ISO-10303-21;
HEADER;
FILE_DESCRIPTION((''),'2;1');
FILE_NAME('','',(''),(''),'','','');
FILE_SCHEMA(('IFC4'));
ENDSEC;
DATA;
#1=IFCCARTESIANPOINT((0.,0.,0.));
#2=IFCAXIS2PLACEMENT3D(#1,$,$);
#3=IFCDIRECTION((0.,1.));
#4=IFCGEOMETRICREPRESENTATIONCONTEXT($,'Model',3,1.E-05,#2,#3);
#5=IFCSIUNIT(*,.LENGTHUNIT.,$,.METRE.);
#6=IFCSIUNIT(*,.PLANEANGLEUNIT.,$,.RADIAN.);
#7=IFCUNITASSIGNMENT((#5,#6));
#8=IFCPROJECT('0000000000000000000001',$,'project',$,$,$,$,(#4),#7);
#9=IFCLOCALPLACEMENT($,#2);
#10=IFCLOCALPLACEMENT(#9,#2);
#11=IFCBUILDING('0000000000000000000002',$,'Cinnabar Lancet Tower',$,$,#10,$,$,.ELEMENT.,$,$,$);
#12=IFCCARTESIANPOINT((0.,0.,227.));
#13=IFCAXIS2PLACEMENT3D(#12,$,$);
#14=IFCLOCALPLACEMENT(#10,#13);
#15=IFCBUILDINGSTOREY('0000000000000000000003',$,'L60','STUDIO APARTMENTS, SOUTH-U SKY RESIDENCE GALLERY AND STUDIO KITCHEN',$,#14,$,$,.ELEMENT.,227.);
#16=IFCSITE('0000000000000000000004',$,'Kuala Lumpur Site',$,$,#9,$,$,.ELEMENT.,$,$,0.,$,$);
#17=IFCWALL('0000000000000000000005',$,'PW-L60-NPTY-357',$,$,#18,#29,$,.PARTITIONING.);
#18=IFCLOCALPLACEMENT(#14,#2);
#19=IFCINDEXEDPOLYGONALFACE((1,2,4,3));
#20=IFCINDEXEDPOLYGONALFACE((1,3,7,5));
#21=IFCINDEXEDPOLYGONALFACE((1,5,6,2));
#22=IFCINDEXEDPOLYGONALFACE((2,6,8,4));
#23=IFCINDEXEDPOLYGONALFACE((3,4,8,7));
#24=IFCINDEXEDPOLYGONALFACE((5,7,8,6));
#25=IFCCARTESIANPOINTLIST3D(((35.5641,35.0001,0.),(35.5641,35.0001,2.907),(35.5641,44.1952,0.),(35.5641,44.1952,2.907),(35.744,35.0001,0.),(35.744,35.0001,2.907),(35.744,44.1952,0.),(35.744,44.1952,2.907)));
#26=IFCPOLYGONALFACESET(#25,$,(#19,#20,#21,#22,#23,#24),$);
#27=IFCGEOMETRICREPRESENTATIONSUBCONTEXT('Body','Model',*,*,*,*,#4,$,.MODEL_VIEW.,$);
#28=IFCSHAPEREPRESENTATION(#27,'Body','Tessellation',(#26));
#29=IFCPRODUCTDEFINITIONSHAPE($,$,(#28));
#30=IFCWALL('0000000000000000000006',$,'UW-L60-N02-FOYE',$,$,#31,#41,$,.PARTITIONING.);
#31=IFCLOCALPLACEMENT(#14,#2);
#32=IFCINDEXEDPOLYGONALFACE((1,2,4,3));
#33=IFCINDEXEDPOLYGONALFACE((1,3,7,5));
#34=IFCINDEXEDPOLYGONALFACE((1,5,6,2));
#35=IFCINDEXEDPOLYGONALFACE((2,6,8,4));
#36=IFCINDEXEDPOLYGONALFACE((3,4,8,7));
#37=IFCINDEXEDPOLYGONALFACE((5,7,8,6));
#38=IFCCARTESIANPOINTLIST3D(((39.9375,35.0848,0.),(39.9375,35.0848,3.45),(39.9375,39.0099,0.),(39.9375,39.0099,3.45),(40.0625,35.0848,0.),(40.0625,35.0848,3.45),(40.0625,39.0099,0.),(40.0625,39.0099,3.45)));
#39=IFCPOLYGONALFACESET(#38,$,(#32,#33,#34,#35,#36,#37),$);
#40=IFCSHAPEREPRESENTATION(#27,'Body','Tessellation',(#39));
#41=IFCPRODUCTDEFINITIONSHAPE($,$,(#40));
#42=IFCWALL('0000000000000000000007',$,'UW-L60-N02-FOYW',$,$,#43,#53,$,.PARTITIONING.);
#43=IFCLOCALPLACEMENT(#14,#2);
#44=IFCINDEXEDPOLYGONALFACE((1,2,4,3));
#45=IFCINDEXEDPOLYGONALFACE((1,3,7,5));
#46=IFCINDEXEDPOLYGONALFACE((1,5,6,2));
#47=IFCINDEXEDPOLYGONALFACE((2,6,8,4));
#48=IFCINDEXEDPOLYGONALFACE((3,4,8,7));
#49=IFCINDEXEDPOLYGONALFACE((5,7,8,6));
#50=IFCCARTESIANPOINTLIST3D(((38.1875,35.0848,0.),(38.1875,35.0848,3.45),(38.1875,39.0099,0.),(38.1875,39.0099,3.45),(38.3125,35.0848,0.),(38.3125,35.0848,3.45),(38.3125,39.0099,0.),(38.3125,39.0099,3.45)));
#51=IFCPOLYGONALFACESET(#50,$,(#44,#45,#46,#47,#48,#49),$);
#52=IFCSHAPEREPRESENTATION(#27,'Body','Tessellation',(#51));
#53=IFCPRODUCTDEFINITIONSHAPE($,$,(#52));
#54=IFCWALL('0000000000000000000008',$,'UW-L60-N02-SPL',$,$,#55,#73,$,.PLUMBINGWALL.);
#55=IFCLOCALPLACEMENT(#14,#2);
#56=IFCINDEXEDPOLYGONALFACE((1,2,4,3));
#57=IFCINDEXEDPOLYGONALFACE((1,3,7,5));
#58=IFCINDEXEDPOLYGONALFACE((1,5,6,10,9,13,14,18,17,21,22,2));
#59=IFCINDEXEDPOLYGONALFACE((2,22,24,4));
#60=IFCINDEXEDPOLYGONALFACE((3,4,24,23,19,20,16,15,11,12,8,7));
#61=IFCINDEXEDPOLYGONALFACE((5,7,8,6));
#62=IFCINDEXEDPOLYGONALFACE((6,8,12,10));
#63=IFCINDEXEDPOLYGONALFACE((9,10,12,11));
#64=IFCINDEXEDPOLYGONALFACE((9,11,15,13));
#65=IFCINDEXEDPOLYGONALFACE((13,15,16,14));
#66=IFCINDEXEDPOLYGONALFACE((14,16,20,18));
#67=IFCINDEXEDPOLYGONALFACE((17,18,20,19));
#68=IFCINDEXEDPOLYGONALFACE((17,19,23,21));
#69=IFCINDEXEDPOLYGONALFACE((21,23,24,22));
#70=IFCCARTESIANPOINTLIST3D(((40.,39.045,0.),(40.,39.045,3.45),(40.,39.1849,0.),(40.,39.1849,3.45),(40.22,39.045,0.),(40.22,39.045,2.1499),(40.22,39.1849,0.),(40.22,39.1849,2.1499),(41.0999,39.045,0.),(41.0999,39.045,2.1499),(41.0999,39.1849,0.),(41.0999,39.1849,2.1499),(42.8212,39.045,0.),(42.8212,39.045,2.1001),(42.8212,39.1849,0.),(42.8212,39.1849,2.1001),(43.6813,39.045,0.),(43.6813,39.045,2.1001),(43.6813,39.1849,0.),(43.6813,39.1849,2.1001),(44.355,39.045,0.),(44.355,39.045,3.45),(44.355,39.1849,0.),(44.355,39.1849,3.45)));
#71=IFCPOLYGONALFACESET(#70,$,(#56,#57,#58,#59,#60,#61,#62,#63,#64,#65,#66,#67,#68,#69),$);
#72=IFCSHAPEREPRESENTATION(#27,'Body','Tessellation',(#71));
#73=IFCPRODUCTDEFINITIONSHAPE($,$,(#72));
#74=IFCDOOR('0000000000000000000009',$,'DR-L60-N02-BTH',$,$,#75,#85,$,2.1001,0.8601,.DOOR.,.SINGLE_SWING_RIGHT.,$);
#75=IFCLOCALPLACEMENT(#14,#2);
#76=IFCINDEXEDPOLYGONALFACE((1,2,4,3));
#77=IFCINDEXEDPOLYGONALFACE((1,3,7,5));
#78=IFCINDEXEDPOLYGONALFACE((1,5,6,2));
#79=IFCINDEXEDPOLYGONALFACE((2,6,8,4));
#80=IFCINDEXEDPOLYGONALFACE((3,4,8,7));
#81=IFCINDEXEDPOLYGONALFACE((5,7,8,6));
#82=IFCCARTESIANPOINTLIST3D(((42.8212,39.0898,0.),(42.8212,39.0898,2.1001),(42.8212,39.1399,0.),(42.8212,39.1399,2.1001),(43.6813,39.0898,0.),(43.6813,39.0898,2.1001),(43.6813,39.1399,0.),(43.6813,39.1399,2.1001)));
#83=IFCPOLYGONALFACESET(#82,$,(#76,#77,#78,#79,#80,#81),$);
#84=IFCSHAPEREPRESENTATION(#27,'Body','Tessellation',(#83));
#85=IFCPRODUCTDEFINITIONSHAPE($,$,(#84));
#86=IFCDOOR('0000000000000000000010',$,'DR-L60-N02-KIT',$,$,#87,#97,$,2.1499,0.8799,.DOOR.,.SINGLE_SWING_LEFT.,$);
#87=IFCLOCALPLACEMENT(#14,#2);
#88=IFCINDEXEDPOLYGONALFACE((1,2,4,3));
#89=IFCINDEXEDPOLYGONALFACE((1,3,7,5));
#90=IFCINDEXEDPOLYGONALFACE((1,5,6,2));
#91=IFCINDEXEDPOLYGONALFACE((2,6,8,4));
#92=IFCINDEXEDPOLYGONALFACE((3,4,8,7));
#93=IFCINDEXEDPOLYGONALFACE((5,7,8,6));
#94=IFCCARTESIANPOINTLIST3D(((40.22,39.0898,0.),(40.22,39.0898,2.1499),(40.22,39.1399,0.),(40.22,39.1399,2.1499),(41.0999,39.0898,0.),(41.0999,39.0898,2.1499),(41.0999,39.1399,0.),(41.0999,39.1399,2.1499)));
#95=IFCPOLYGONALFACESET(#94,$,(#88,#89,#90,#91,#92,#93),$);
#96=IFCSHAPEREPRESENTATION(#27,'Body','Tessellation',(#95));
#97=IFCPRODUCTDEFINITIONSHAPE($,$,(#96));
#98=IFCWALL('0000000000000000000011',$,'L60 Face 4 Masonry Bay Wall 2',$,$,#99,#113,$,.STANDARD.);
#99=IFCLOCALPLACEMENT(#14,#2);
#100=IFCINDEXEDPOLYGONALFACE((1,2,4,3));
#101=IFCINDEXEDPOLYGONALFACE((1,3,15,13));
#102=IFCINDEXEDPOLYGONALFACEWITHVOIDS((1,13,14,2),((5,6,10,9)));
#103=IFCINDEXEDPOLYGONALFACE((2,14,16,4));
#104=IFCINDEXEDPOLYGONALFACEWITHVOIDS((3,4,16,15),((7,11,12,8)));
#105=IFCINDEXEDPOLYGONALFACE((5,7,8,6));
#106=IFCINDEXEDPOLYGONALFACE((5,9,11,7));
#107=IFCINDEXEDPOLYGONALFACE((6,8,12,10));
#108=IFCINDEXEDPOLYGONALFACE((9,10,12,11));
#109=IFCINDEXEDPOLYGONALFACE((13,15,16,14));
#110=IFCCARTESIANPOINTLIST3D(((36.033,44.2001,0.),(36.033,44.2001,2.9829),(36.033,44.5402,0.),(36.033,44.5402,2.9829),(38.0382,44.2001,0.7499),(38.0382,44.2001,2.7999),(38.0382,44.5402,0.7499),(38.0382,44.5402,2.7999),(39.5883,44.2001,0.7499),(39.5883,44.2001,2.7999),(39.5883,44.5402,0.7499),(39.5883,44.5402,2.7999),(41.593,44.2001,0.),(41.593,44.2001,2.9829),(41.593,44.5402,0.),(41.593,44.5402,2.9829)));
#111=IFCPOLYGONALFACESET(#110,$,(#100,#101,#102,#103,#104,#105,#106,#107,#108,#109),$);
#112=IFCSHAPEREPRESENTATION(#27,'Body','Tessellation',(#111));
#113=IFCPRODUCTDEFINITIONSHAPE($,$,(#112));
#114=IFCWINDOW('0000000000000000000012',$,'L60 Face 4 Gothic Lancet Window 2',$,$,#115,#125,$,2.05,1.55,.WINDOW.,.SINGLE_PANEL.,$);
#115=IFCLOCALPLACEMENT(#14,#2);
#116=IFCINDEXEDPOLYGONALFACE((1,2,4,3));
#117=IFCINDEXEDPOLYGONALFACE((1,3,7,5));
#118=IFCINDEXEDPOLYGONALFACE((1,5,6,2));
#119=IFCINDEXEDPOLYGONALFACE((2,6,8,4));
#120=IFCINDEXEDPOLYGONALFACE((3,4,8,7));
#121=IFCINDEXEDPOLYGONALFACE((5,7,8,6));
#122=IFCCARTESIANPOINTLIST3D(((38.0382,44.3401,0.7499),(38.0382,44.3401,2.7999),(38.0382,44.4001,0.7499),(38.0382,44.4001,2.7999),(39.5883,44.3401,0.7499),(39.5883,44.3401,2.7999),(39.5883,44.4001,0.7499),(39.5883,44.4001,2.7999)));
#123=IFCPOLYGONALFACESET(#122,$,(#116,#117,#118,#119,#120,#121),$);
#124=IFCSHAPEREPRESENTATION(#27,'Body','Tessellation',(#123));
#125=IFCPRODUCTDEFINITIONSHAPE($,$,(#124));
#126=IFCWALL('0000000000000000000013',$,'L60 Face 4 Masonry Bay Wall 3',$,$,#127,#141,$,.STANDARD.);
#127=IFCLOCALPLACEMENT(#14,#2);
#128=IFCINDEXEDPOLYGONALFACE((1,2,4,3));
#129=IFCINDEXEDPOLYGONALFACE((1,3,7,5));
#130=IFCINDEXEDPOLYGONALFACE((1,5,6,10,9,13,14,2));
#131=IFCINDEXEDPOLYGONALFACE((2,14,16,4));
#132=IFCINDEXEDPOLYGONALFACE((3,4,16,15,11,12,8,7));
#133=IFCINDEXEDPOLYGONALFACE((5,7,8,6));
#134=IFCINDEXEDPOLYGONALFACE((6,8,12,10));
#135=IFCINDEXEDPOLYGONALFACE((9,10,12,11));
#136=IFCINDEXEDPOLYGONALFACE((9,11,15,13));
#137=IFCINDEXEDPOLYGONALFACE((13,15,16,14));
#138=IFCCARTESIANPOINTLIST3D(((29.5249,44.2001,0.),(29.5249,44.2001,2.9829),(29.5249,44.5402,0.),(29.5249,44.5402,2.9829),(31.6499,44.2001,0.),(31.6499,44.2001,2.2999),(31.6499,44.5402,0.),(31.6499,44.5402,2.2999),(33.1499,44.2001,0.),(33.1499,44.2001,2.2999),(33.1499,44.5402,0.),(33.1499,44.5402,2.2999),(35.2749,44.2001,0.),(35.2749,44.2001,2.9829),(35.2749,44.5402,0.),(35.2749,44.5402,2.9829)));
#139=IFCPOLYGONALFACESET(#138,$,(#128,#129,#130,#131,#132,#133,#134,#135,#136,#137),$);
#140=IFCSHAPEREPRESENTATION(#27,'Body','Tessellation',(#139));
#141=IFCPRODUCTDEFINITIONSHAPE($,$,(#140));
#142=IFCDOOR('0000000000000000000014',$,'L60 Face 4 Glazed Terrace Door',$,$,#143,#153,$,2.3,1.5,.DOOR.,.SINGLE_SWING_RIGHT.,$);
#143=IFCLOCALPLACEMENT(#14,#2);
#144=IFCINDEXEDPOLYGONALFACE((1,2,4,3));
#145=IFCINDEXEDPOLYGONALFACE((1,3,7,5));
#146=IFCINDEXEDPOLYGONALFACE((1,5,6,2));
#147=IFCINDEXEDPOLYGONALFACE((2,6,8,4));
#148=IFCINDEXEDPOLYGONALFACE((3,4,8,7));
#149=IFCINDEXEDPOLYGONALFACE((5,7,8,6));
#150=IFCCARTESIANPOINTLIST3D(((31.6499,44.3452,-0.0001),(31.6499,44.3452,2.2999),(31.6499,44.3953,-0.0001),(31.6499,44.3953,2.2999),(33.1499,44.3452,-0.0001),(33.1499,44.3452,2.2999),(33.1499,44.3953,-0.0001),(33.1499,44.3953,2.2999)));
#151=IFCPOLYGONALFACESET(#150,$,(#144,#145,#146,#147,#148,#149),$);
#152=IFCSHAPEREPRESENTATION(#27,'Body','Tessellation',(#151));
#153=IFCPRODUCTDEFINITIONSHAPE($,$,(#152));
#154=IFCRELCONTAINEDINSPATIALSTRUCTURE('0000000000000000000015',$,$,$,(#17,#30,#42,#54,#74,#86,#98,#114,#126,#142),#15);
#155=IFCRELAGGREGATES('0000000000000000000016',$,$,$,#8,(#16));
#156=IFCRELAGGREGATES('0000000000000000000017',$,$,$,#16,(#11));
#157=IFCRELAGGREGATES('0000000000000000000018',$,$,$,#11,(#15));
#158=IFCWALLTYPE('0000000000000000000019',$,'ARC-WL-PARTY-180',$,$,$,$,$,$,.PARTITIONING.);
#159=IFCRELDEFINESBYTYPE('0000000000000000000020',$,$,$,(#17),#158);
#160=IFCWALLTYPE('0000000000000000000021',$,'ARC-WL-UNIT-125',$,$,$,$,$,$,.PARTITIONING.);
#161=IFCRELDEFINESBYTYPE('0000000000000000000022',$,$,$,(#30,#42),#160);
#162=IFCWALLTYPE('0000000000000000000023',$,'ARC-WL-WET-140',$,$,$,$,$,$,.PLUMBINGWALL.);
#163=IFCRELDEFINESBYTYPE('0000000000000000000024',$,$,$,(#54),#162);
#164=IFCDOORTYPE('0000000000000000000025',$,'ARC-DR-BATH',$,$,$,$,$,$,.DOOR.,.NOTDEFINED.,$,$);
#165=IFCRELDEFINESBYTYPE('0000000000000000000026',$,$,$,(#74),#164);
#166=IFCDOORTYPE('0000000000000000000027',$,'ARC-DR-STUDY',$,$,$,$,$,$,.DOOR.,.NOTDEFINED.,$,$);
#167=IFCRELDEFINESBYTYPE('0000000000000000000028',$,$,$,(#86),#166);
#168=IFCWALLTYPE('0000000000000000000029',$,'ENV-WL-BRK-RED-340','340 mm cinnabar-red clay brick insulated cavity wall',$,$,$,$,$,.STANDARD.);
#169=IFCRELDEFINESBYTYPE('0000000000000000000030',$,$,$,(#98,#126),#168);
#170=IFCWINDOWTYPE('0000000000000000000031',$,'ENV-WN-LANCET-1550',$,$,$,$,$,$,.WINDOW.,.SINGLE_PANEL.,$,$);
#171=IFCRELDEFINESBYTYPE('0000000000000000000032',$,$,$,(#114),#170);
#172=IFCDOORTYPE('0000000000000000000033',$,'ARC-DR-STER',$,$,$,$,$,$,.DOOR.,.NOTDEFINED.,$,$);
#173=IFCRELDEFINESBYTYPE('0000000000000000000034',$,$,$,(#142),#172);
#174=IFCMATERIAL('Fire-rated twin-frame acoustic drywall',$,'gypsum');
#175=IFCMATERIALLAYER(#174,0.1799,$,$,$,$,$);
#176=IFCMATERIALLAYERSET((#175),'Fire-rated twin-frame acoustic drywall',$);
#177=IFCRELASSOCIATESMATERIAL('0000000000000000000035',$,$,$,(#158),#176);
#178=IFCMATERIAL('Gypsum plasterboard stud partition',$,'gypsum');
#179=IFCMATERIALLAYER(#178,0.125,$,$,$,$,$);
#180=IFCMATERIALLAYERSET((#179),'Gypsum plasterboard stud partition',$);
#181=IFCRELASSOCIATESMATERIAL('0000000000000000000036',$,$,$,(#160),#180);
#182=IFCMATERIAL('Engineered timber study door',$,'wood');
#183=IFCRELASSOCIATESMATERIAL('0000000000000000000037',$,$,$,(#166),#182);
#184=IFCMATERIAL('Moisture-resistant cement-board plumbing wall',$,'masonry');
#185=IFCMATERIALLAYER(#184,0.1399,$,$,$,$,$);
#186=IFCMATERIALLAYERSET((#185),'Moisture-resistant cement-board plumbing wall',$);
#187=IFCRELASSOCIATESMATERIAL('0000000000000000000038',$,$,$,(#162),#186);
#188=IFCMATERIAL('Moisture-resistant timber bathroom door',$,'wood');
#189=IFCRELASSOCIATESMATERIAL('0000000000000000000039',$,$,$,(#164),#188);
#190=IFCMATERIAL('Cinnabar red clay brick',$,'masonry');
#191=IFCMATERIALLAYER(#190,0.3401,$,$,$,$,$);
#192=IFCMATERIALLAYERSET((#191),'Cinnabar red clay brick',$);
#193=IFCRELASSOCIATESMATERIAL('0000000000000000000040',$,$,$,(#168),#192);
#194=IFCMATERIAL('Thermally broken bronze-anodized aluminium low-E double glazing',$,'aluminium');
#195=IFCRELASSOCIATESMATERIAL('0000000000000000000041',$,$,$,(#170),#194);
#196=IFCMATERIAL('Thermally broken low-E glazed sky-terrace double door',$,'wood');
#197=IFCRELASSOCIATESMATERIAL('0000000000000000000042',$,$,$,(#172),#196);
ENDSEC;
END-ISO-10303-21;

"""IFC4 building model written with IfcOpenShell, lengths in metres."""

from ifc_helpers import new_model, si_unit, direction, frame, frame_2d, origin, place, context, subcontext, project, spatial, rectangle, extrude, material, layer, layer_set, type_object, element, fill, save


model = new_model("IFC4")

# Units and contexts
model_context = context("Model", 3, precision=1e-05, world=origin(), true_north=direction((0.0, 1.0)))
body_context = subcontext(model_context, "Body", "Model", "MODEL_VIEW")
ifc_project = project(units=[si_unit("LENGTHUNIT", "METRE"), si_unit("PLANEANGLEUNIT", "RADIAN")], contexts=[model_context])

# Site, building, storey
site_placement = place(None, origin())
site = spatial("IfcSite", under=ifc_project, at=site_placement, Name="Kuala Lumpur Site", CompositionType="ELEMENT", RefElevation=0.0)
building_placement = place(site_placement, origin())
building = spatial("IfcBuilding", under=site, at=building_placement, Name="Cinnabar Lancet Tower", CompositionType="ELEMENT")
storey_placement = place(building_placement, frame((0.0, 0.0, 227.0)))
storey = spatial("IfcBuildingStorey", under=building, at=storey_placement, Name="L60", Description="STUDIO APARTMENTS, SOUTH-U SKY RESIDENCE GALLERY AND STUDIO KITCHEN", CompositionType="ELEMENT", Elevation=227.0)

# Walls
ifc_material_1 = material(Name="Fire-rated twin-frame acoustic drywall", Category="gypsum")
ifc_layer_1 = layer(ifc_material_1, 0.1799)
ifc_layer_set_1 = layer_set([ifc_layer_1], Name="Fire-rated twin-frame acoustic drywall")
wall_type_1 = type_object("IfcWallType", Name="ARC-WL-PARTY-180", PredefinedType="PARTITIONING", material=ifc_layer_set_1)
wall_1_placement = place(storey_placement, frame((35.6541, 35.0, 0.0), z_axis=(0.0, 0.0, 1.0), x_axis=(0.0, 1.0, 0.0)))
element("IfcWall", 1, at=wall_1_placement, inside=storey, type_object=wall_type_1, Name="PW-L60-NPTY-357", PredefinedType="PARTITIONING", context=body_context, shape_type="SweptSolid", body=[
    extrude(rectangle(XDim=9.1951, YDim=0.1799, at=frame_2d((4.5977, 0.0))), origin(), (0.0, 0.0, 1.0), 2.907),
])
ifc_material_2 = material(Name="Gypsum plasterboard stud partition", Category="gypsum")
ifc_layer_2 = layer(ifc_material_2, 0.125)
ifc_layer_set_2 = layer_set([ifc_layer_2], Name="Gypsum plasterboard stud partition")
wall_type_2 = type_object("IfcWallType", Name="ARC-WL-UNIT-125", PredefinedType="PARTITIONING", material=ifc_layer_set_2)
for number, where, z_axis, x_axis, name in (
    (2, (40.0, 35.085, 0.0), (0.0, 0.0, 1.0), (0.0, 1.0, 0.0), "UW-L60-N02-FOYE"),
    (3, (38.25, 35.085, 0.0), (0.0, 0.0, 1.0), (0.0, 1.0, 0.0), "UW-L60-N02-FOYW"),
):
    element("IfcWall", number, at=place(storey_placement, frame(where, z_axis=z_axis, x_axis=x_axis)), inside=storey, type_object=wall_type_2, Name=name, PredefinedType="PARTITIONING", context=body_context, shape_type="SweptSolid", body=[
        extrude(rectangle(XDim=3.925, YDim=0.125, at=frame_2d((1.9624, 0.0))), origin(), (0.0, 0.0, 1.0), 3.45),
    ])

# Shared definitions
ifc_material_3 = material(Name="Engineered timber study door", Category="wood")
door_type_1 = type_object("IfcDoorType", Name="ARC-DR-STUDY", OperationType="NOTDEFINED", PredefinedType="DOOR", material=ifc_material_3)

# Wall, openings, doors
ifc_material_4 = material(Name="Moisture-resistant cement-board plumbing wall", Category="masonry")
ifc_layer_3 = layer(ifc_material_4, 0.1399)
ifc_layer_set_3 = layer_set([ifc_layer_3], Name="Moisture-resistant cement-board plumbing wall")
wall_type_3 = type_object("IfcWallType", Name="ARC-WL-WET-140", PredefinedType="PLUMBINGWALL", material=ifc_layer_set_3)
wall_2_placement = place(storey_placement, frame((40.0, 39.115, 0.0), z_axis=(0.0, 0.0, 1.0), x_axis=(1.0, 0.0, 0.0)))
wall_2 = element("IfcWall", 4, at=wall_2_placement, inside=storey, type_object=wall_type_3, Name="UW-L60-N02-SPL", PredefinedType="PLUMBINGWALL", context=body_context, shape_type="SweptSolid", body=[
    extrude(rectangle(XDim=4.355, YDim=0.1399, at=frame_2d((2.1775, 0.0))), origin(), (0.0, 0.0, 1.0), 3.45),
])
opening_1_placement = place(wall_2_placement, frame((2.821, 0.0, 0.0)))
opening_1 = element("IfcOpeningElement", 5, at=opening_1_placement, cuts=wall_2, PredefinedType="OPENING", context=body_context, shape_type="SweptSolid", body=[
    extrude(rectangle(XDim=0.8601, YDim=2.1001, at=frame_2d((0.4302, 1.05))), frame((0.0, 0.0798, 0.0), z_axis=(0.0, -1.0, 0.0), x_axis=(1.0, 0.0, 0.0)), (0.0, 0.0, 1.0), 0.1599),
])
opening_2_placement = place(wall_2_placement, frame((0.22, 0.0, 0.0)))
opening_2 = element("IfcOpeningElement", 6, at=opening_2_placement, cuts=wall_2, PredefinedType="OPENING", context=body_context, shape_type="SweptSolid", body=[
    extrude(rectangle(XDim=0.8799, YDim=2.1499, at=frame_2d((0.4399, 1.075))), frame((0.0, 0.0798, 0.0), z_axis=(0.0, -1.0, 0.0), x_axis=(1.0, 0.0, 0.0)), (0.0, 0.0, 1.0), 0.1599),
])
ifc_material_5 = material(Name="Moisture-resistant timber bathroom door", Category="wood")
door_type_2 = type_object("IfcDoorType", Name="ARC-DR-BATH", OperationType="NOTDEFINED", PredefinedType="DOOR", material=ifc_material_5)
door_1_placement = place(opening_1_placement, origin())
door_1 = element("IfcDoor", 7, at=door_1_placement, inside=storey, type_object=door_type_2, Name="DR-L60-N02-BTH", OperationType="SINGLE_SWING_RIGHT", OverallHeight=2.1001, OverallWidth=0.8601, PredefinedType="DOOR", context=body_context, shape_type="SweptSolid", body=[
    extrude(rectangle(XDim=0.8601, YDim=2.1001, at=frame_2d((0.4302, 1.05))), frame((0.0, 0.0249, 0.0), z_axis=(0.0, -1.0, 0.0), x_axis=(1.0, 0.0, 0.0)), (0.0, 0.0, 1.0), 0.05),
])
fill(opening_1, door_1)
door_2_placement = place(opening_2_placement, origin())
door_2 = element("IfcDoor", 8, at=door_2_placement, inside=storey, type_object=door_type_1, Name="DR-L60-N02-KIT", OperationType="SINGLE_SWING_LEFT", OverallHeight=2.1499, OverallWidth=0.8799, PredefinedType="DOOR", context=body_context, shape_type="SweptSolid", body=[
    extrude(rectangle(XDim=0.8799, YDim=2.1499, at=frame_2d((0.4399, 1.075))), frame((0.0, 0.0249, 0.0), z_axis=(0.0, -1.0, 0.0), x_axis=(1.0, 0.0, 0.0)), (0.0, 0.0, 1.0), 0.05),
])
fill(opening_2, door_2)

# Wall, opening, window
ifc_material_6 = material(Name="Cinnabar red clay brick", Category="masonry")
ifc_layer_4 = layer(ifc_material_6, 0.3401)
ifc_layer_set_4 = layer_set([ifc_layer_4], Name="Cinnabar red clay brick")
wall_type_4 = type_object("IfcWallType", Name="ENV-WL-BRK-RED-340", Description="340 mm cinnabar-red clay brick insulated cavity wall", PredefinedType="STANDARD", material=ifc_layer_set_4)
wall_3_placement = place(storey_placement, frame((41.593, 44.3701, 0.0), z_axis=(0.0, 0.0, 1.0), x_axis=(-1.0, 0.0, 0.0)))
wall_3 = element("IfcWall", 9, at=wall_3_placement, inside=storey, type_object=wall_type_4, Name="L60 Face 4 Masonry Bay Wall 2", PredefinedType="STANDARD", context=body_context, shape_type="SweptSolid", body=[
    extrude(rectangle(XDim=5.5601, YDim=0.3401, at=frame_2d((2.78, 0.0))), origin(), (0.0, 0.0, 1.0), 2.9829),
])
opening_3_placement = place(wall_3_placement, frame((2.0049, 0.0, 0.75)))
opening_3 = element("IfcOpeningElement", 10, at=opening_3_placement, cuts=wall_3, PredefinedType="OPENING", context=body_context, shape_type="SweptSolid", body=[
    extrude(rectangle(XDim=1.55, YDim=2.05, at=frame_2d((0.7749, 1.0249))), frame((0.0, 0.1799, 0.0), z_axis=(0.0, -1.0, 0.0), x_axis=(1.0, 0.0, 0.0)), (0.0, 0.0, 1.0), 0.3601),
])
ifc_material_7 = material(Name="Thermally broken bronze-anodized aluminium low-E double glazing", Category="aluminium")
window_type = type_object("IfcWindowType", Name="ENV-WN-LANCET-1550", PartitioningType="SINGLE_PANEL", PredefinedType="WINDOW", material=ifc_material_7)
window_placement = place(opening_3_placement, origin())
window = element("IfcWindow", 11, at=window_placement, inside=storey, type_object=window_type, Name="L60 Face 4 Gothic Lancet Window 2", OverallHeight=2.05, OverallWidth=1.55, PartitioningType="SINGLE_PANEL", PredefinedType="WINDOW", context=body_context, shape_type="SweptSolid", body=[
    extrude(rectangle(XDim=1.55, YDim=2.05, at=frame_2d((0.7749, 1.0249))), frame((0.0, 0.03, 0.0), z_axis=(0.0, -1.0, 0.0), x_axis=(1.0, 0.0, 0.0)), (0.0, 0.0, 1.0), 0.0601),
])
fill(opening_3, window)

# Wall, opening, door
wall_4_placement = place(storey_placement, frame((35.2749, 44.3701, 0.0), z_axis=(0.0, 0.0, 1.0), x_axis=(-1.0, 0.0, 0.0)))
wall_4 = element("IfcWall", 12, at=wall_4_placement, inside=storey, type_object=wall_type_4, Name="L60 Face 4 Masonry Bay Wall 3", PredefinedType="STANDARD", context=body_context, shape_type="SweptSolid", body=[
    extrude(rectangle(XDim=5.75, YDim=0.3401, at=frame_2d((2.875, 0.0))), origin(), (0.0, 0.0, 1.0), 2.9829),
])
opening_4_placement = place(wall_4_placement, frame((2.125, 0.0, 0.0)))
opening_4 = element("IfcOpeningElement", 13, at=opening_4_placement, cuts=wall_4, PredefinedType="OPENING", context=body_context, shape_type="SweptSolid", body=[
    extrude(rectangle(XDim=1.5, YDim=2.3, at=frame_2d((0.75, 1.1499))), frame((0.0, 0.1799, 0.0), z_axis=(0.0, -1.0, 0.0), x_axis=(1.0, 0.0, 0.0)), (0.0, 0.0, 1.0), 0.3601),
])
ifc_material_8 = material(Name="Thermally broken low-E glazed sky-terrace double door", Category="wood")
door_type_3 = type_object("IfcDoorType", Name="ARC-DR-STER", OperationType="NOTDEFINED", PredefinedType="DOOR", material=ifc_material_8)
door_3_placement = place(opening_4_placement, origin())
door_3 = element("IfcDoor", 14, at=door_3_placement, inside=storey, type_object=door_type_3, Name="L60 Face 4 Glazed Terrace Door", OperationType="SINGLE_SWING_RIGHT", OverallHeight=2.3, OverallWidth=1.5, PredefinedType="DOOR", context=body_context, shape_type="SweptSolid", body=[
    extrude(rectangle(XDim=1.5, YDim=2.3, at=frame_2d((0.75, 1.1499))), frame((0.0, 0.0249, 0.0), z_axis=(0.0, -1.0, 0.0), x_axis=(1.0, 0.0, 0.0)), (0.0, 0.0, 1.0), 0.05),
])
fill(opening_4, door_3)

save(model, "model.ifc")
